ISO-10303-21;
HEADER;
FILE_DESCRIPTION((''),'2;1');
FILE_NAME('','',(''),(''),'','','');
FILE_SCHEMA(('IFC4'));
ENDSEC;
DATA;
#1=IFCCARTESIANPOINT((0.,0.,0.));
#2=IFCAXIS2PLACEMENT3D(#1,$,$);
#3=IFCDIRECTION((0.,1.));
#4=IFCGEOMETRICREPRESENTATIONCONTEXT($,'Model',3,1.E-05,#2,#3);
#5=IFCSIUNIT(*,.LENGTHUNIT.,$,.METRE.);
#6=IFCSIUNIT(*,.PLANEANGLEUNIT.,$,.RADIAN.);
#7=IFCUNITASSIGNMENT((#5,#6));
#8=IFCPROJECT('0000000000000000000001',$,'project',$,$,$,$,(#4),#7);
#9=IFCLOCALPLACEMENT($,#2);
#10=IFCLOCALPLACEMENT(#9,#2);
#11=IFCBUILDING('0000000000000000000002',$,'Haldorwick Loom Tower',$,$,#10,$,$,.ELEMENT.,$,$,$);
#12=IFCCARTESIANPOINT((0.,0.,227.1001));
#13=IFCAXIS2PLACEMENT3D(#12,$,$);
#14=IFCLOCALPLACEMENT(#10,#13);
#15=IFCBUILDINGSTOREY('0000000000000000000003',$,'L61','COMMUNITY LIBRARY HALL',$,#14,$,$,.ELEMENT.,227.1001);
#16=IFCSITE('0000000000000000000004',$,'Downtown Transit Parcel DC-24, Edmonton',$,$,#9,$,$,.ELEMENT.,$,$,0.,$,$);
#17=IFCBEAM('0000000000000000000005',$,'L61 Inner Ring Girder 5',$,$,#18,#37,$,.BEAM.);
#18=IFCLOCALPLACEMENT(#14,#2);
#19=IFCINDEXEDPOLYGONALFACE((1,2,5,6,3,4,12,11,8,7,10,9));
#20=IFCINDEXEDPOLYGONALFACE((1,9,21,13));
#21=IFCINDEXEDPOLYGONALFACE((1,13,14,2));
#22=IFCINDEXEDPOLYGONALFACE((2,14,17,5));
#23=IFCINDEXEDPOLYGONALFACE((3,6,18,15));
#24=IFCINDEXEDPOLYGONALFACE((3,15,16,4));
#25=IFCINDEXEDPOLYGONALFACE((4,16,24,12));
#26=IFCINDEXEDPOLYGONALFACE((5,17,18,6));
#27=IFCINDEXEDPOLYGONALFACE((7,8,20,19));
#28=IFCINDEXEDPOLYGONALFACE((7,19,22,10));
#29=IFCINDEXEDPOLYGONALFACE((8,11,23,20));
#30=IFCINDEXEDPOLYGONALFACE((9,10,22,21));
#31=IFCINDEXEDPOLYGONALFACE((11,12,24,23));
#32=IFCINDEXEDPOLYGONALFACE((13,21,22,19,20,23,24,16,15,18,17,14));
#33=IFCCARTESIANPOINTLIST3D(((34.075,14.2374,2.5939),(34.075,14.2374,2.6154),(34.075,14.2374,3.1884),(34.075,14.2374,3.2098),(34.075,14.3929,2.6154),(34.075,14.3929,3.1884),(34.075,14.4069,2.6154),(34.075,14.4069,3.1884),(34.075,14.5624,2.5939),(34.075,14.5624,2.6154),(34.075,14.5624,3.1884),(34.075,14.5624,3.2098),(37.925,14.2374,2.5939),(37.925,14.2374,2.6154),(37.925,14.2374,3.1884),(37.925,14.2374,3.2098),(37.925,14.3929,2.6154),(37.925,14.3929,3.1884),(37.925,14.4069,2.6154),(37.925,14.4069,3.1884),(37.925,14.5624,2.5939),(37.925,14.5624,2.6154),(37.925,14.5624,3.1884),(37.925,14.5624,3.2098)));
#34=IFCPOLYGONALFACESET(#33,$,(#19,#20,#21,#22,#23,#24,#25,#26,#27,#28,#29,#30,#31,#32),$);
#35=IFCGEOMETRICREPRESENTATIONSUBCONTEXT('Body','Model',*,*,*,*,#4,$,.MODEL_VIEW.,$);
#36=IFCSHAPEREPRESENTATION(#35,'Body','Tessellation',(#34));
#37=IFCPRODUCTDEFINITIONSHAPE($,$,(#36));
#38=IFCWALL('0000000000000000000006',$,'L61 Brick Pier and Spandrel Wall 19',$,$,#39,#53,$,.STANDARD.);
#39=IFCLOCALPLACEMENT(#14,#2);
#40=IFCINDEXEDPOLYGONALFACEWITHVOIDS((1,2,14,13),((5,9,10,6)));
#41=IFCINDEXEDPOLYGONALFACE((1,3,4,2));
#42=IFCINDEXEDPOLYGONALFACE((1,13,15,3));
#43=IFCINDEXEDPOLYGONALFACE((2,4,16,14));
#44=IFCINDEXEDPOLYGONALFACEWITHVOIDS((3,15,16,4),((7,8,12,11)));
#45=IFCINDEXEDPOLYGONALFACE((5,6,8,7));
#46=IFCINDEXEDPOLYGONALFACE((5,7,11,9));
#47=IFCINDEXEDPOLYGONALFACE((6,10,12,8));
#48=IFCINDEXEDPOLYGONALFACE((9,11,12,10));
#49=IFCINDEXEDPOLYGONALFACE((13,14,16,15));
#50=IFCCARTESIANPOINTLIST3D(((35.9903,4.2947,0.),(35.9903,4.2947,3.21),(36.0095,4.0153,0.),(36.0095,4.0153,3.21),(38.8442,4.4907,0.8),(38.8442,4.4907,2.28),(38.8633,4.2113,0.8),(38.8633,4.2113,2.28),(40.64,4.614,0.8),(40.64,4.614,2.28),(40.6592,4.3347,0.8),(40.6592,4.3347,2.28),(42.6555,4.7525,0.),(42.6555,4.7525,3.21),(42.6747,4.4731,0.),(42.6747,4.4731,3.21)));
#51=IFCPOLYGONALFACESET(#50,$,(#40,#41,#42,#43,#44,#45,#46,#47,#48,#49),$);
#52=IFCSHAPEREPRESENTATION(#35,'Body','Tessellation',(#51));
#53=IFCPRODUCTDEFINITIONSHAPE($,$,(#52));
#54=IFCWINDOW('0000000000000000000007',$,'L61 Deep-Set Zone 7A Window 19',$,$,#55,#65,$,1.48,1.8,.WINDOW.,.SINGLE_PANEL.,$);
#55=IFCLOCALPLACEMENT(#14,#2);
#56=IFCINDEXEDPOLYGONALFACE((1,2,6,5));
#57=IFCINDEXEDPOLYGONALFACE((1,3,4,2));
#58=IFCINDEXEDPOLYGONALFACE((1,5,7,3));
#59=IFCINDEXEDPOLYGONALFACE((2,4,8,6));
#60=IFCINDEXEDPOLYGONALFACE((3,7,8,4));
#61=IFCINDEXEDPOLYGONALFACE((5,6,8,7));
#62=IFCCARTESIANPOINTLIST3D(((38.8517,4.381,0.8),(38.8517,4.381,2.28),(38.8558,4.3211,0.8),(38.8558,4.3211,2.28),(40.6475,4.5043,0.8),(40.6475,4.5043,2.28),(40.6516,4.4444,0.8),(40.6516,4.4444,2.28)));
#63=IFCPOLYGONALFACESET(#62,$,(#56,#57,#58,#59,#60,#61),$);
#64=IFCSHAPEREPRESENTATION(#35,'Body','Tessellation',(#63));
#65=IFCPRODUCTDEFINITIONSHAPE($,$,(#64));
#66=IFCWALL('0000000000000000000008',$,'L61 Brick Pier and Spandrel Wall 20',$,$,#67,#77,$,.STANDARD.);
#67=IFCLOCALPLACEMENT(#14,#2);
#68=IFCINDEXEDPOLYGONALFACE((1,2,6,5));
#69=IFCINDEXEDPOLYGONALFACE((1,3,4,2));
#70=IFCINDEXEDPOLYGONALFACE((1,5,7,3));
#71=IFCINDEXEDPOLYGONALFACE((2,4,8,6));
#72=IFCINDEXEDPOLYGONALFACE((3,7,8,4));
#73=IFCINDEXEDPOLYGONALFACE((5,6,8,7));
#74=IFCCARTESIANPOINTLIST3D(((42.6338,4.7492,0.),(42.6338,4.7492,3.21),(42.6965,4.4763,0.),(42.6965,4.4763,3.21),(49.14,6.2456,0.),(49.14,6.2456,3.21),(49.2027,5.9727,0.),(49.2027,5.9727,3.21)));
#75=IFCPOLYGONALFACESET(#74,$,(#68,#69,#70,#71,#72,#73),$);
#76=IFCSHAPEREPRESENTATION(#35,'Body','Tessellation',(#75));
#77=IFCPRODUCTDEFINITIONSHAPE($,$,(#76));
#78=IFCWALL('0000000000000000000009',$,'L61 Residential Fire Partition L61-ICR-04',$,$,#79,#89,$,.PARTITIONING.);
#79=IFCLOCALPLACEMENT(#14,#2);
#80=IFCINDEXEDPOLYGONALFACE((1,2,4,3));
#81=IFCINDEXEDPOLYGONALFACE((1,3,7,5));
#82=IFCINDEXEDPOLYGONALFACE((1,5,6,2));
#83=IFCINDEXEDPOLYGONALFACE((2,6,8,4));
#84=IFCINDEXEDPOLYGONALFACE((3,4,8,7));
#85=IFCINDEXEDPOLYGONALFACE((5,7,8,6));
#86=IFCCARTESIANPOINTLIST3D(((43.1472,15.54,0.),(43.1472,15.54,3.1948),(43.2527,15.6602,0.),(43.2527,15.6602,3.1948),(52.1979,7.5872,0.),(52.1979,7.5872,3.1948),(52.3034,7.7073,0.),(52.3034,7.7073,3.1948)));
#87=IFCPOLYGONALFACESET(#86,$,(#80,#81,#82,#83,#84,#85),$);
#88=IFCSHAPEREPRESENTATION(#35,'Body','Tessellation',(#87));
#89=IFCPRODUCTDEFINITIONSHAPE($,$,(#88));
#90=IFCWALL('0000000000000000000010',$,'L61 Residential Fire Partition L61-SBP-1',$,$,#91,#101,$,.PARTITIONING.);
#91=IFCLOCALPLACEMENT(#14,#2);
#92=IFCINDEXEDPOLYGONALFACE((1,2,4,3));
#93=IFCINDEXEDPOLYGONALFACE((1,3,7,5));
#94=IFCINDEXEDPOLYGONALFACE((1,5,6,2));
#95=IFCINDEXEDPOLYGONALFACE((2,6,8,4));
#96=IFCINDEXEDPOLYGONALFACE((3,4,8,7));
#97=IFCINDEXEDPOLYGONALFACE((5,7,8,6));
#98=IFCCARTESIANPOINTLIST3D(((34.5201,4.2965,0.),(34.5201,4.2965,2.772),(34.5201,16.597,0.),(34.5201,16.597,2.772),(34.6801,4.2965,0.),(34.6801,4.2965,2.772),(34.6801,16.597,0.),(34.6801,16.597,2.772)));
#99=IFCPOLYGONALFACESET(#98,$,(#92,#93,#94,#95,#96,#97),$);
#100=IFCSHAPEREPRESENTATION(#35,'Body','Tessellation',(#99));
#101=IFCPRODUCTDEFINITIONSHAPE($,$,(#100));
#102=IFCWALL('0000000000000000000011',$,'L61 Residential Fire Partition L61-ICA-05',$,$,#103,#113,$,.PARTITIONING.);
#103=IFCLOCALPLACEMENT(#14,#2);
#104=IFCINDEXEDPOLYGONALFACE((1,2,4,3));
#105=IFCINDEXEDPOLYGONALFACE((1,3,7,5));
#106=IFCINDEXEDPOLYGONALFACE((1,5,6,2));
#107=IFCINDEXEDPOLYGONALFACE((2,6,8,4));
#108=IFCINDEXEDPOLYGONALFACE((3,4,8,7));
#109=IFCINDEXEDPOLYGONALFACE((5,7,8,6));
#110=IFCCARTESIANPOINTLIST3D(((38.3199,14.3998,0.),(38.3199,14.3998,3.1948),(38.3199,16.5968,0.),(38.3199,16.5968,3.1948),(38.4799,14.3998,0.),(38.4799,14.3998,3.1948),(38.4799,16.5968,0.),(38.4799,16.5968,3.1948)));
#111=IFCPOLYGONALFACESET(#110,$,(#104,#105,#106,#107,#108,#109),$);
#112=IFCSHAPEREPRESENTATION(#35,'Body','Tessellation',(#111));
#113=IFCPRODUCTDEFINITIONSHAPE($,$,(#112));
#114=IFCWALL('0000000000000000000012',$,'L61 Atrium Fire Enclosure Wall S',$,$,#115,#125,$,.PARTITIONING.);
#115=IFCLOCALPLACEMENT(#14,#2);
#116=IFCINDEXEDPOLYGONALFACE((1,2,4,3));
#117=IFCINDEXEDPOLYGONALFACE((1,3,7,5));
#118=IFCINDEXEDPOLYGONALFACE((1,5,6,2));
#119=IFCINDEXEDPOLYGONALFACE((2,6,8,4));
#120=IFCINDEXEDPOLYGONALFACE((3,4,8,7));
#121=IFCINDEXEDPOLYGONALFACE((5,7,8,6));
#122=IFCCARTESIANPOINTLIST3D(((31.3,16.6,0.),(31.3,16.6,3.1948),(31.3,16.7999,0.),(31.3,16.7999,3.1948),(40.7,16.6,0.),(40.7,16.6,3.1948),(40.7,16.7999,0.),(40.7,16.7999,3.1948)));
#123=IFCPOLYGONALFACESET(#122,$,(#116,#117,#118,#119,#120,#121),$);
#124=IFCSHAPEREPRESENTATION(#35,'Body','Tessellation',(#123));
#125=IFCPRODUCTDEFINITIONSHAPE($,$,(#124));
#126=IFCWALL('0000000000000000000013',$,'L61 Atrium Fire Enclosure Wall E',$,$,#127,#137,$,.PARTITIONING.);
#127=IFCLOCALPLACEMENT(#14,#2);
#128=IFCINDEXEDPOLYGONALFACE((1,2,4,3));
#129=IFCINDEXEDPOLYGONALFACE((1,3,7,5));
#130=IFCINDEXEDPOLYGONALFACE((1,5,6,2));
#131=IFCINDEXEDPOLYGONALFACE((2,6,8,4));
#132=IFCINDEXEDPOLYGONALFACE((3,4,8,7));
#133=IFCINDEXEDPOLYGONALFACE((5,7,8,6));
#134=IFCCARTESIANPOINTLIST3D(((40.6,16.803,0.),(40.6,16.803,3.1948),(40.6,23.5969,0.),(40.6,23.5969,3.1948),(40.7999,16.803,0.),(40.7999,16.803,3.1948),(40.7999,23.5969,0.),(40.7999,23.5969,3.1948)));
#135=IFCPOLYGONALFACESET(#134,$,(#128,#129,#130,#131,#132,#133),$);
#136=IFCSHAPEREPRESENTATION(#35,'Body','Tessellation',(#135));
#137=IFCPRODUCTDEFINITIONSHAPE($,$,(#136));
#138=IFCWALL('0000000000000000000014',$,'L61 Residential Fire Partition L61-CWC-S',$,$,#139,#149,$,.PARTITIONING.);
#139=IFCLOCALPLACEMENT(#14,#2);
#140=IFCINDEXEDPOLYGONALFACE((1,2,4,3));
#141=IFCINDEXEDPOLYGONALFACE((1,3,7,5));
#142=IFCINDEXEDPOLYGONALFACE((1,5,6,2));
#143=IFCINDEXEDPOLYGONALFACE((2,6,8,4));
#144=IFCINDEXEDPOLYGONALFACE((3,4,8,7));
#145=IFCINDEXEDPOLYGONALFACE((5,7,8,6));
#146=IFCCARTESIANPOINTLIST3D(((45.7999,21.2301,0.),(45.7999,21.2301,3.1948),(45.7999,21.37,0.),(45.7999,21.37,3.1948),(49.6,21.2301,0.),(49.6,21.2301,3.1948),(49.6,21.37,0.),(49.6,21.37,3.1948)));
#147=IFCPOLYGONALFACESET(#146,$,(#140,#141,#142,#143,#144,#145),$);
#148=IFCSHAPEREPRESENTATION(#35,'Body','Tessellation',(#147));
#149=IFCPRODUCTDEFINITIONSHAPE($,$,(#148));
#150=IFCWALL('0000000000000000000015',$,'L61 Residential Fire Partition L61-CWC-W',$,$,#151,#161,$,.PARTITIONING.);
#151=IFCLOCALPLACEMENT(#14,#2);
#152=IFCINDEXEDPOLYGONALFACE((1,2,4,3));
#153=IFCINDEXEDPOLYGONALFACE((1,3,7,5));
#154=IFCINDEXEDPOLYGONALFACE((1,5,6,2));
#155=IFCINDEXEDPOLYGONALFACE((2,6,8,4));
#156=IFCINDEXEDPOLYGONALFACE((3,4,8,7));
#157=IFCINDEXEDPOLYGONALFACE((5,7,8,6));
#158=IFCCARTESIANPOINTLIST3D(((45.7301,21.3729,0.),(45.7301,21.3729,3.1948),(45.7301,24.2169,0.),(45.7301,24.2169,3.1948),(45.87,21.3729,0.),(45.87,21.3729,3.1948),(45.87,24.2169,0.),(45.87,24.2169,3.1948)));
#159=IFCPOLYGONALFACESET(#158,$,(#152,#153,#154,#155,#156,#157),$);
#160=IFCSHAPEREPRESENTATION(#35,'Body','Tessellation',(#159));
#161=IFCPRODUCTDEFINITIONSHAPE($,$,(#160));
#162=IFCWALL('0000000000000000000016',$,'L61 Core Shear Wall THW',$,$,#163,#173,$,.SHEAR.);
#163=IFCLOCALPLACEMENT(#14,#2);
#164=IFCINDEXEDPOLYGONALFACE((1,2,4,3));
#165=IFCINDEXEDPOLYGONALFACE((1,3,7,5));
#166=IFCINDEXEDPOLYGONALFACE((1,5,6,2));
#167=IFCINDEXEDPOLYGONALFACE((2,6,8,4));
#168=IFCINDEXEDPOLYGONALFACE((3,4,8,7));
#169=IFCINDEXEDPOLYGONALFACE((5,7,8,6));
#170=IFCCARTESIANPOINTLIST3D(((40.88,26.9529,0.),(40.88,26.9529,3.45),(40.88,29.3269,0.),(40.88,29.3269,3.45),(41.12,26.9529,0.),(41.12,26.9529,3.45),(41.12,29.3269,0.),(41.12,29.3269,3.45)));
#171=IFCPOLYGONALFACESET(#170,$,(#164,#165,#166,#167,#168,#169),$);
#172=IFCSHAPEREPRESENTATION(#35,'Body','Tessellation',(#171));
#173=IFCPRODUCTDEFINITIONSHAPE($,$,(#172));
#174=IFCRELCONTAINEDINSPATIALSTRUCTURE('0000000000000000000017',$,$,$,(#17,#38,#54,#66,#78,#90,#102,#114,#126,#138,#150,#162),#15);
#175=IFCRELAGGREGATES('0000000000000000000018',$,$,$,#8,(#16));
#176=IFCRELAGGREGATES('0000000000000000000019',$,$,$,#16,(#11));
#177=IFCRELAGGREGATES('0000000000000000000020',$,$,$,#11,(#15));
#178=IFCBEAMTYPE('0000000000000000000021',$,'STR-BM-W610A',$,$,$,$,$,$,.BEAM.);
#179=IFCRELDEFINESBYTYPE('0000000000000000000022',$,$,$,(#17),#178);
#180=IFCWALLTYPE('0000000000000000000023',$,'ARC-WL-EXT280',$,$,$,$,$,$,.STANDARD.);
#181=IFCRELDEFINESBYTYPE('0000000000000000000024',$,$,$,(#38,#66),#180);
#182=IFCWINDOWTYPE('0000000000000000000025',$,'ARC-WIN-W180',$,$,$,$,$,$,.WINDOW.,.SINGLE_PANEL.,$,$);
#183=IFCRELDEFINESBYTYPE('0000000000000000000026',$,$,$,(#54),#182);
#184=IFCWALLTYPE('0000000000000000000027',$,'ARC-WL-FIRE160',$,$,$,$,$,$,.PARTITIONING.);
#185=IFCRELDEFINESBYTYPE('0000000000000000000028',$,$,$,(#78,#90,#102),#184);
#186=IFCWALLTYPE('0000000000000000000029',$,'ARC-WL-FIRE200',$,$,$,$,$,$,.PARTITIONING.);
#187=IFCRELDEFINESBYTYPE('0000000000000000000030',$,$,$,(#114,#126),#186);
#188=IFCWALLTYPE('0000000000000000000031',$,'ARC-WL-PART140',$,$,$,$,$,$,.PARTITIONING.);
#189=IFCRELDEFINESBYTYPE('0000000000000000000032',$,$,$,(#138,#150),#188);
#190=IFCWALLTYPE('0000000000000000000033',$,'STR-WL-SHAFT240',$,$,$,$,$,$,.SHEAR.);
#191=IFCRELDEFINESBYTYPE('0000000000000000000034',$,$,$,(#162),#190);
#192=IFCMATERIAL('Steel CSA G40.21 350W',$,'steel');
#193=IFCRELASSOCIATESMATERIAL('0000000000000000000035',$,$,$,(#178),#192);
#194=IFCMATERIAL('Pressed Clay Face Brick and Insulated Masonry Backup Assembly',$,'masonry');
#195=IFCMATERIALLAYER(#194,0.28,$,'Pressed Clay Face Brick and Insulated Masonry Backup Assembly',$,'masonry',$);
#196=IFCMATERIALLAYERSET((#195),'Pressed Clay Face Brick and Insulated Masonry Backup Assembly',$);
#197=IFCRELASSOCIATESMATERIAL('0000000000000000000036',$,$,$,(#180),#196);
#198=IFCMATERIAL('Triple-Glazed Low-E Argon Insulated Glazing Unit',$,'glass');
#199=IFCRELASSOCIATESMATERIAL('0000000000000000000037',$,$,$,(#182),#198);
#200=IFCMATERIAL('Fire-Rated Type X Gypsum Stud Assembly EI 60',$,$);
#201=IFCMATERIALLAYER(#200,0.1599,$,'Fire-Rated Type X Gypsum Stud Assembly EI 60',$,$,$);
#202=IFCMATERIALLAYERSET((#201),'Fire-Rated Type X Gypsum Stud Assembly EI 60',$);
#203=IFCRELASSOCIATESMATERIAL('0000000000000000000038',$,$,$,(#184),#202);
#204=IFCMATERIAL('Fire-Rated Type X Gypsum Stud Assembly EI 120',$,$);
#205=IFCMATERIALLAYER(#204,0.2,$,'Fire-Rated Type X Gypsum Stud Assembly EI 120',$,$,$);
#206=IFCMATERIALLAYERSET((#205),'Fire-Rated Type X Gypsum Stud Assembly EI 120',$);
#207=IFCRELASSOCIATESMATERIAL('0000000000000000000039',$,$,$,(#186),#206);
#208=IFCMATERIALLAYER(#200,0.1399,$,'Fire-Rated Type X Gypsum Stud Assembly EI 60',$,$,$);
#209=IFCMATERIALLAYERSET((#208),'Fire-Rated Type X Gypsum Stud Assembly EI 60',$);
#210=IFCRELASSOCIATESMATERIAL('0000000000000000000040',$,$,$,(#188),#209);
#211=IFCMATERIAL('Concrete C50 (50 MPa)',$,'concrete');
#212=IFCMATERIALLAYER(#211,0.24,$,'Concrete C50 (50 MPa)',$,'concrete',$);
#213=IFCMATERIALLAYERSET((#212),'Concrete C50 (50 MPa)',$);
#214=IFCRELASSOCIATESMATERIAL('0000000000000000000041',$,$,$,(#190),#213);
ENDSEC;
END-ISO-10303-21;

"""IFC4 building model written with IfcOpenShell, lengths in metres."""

from ifc_helpers import new_model, si_unit, direction, frame, frame_2d, origin, origin_2d, place, context, subcontext, project, spatial, rectangle, i_section, extrude, material, layer, layer_set, material_profile, profile_set, type_object, element, fill, save


model = new_model("IFC4")

# Units and contexts
model_context = context("Model", 3, precision=1e-05, world=origin(), true_north=direction((0.0, 1.0)))
body_context = subcontext(model_context, "Body", "Model", "MODEL_VIEW")
ifc_project = project(units=[si_unit("LENGTHUNIT", "METRE"), si_unit("PLANEANGLEUNIT", "RADIAN")], contexts=[model_context])

# Site, building, storey
site_placement = place(None, origin())
site = spatial("IfcSite", under=ifc_project, at=site_placement, Name="Downtown Transit Parcel DC-24, Edmonton", CompositionType="ELEMENT", RefElevation=0.0)
building_placement = place(site_placement, origin())
building = spatial("IfcBuilding", under=site, at=building_placement, Name="Haldorwick Loom Tower", CompositionType="ELEMENT")
storey_placement = place(building_placement, frame((0.0, 0.0, 227.1001)))
storey = spatial("IfcBuildingStorey", under=building, at=storey_placement, Name="L61", Description="COMMUNITY LIBRARY HALL", CompositionType="ELEMENT", Elevation=227.1001)

# Shared definitions
ifc_material_1 = material(Name="Steel CSA G40.21 350W", Category="steel")

# Beam
ifc_material_2 = material(Name="Concrete C50 (50 MPa)", Category="concrete")
ifc_material_profile_1 = material_profile(ifc_material_1, i_section(OverallWidth=0.325, OverallDepth=0.616, WebThickness=0.0139, FlangeThickness=0.0215, at=origin_2d()), Name="W610X174", Category="steel")
ifc_profile_set_1 = profile_set([ifc_material_profile_1], Name="Steel CSA G40.21 350W")
beam_type_1 = type_object("IfcBeamType", Name="STR-BM-W610A", PredefinedType="BEAM", material=ifc_profile_set_1)
beam_1_placement = place(storey_placement, frame((37.925, 14.3999, 2.9019), z_axis=(-1.0, 0.0, 0.0), x_axis=(0.0, -1.0, 0.0)))
element("IfcBeam", 1, at=beam_1_placement, inside=storey, type_object=beam_type_1, Name="L61 Inner Ring Girder 5", PredefinedType="BEAM", context=body_context, shape_type="SweptSolid", body=[
    extrude(i_section(OverallWidth=0.325, OverallDepth=0.616, WebThickness=0.0139, FlangeThickness=0.0215, at=origin_2d()), origin(), (0.0, 0.0, 1.0), 3.8501),
])

# Wall, opening, window
ifc_material_3 = material(Name="Pressed Clay Face Brick and Insulated Masonry Backup Assembly", Category="masonry")
ifc_layer_1 = layer(ifc_material_3, 0.28, Name="Pressed Clay Face Brick and Insulated Masonry Backup Assembly", Category="masonry")
ifc_layer_set_1 = layer_set([ifc_layer_1], Name="Pressed Clay Face Brick and Insulated Masonry Backup Assembly")
wall_type_1 = type_object("IfcWallType", Name="ARC-WL-EXT280", PredefinedType="STANDARD", material=ifc_layer_set_1)
wall_1_placement = place(storey_placement, frame((36.0, 4.155, 0.0), z_axis=(0.0, 0.0, 1.0), x_axis=(0.99765, 0.068517, 0.0)))
wall_1 = element("IfcWall", 2, at=wall_1_placement, inside=storey, type_object=wall_type_1, Name="L61 Brick Pier and Spandrel Wall 19", PredefinedType="STANDARD", context=body_context, shape_type="SweptSolid", body=[
    extrude(rectangle(XDim=6.6809, YDim=0.28, at=frame_2d((3.3403, 0.0))), origin(), (0.0, 0.0, 1.0), 3.21),
])
opening_placement = place(wall_1_placement, frame((2.8606, 0.0, 0.8)))
opening = element("IfcOpeningElement", 3, at=opening_placement, cuts=wall_1, PredefinedType="OPENING", context=body_context, shape_type="SweptSolid", body=[
    extrude(rectangle(XDim=1.8, YDim=1.48, at=frame_2d((0.8999, 0.74))), frame((0.0, 0.1499, 0.0), z_axis=(0.0, -1.0, 0.0), x_axis=(1.0, 0.0, 0.0)), (0.0, 0.0, 1.0), 0.3),
])
ifc_material_4 = material(Name="Triple-Glazed Low-E Argon Insulated Glazing Unit", Category="glass")
window_type = type_object("IfcWindowType", Name="ARC-WIN-W180", PartitioningType="SINGLE_PANEL", PredefinedType="WINDOW", material=ifc_material_4)
window_placement = place(opening_placement, origin())
window = element("IfcWindow", 4, at=window_placement, inside=storey, type_object=window_type, Name="L61 Deep-Set Zone 7A Window 19", OverallHeight=1.48, OverallWidth=1.8, PartitioningType="SINGLE_PANEL", PredefinedType="WINDOW", context=body_context, shape_type="SweptSolid", body=[
    extrude(rectangle(XDim=1.8, YDim=1.48, at=frame_2d((0.8999, 0.74))), frame((0.0, 0.03, 0.0), z_axis=(0.0, -1.0, 0.0), x_axis=(1.0, 0.0, 0.0)), (0.0, 0.0, 1.0), 0.0601),
])
fill(opening, window)

# Walls
wall_2_placement = place(storey_placement, frame((42.6653, 4.6128, 0.0), z_axis=(0.0, 0.0, 1.0), x_axis=(0.974557, 0.224138, 0.0)))
element("IfcWall", 5, at=wall_2_placement, inside=storey, type_object=wall_type_1, Name="L61 Brick Pier and Spandrel Wall 20", PredefinedType="STANDARD", context=body_context, shape_type="SweptSolid", body=[
    extrude(rectangle(XDim=6.676, YDim=0.28, at=frame_2d((3.3379, 0.0))), origin(), (0.0, 0.0, 1.0), 3.21),
])
ifc_material_5 = material(Name="Fire-Rated Type X Gypsum Stud Assembly EI 60")
ifc_layer_2 = layer(ifc_material_5, 0.1599, Name="Fire-Rated Type X Gypsum Stud Assembly EI 60")
ifc_layer_set_2 = layer_set([ifc_layer_2], Name="Fire-Rated Type X Gypsum Stud Assembly EI 60")
wall_type_2 = type_object("IfcWallType", Name="ARC-WL-FIRE160", PredefinedType="PARTITIONING", material=ifc_layer_set_2)
wall_3_placement = place(storey_placement, frame((43.2, 15.6001, 0.0), z_axis=(0.0, 0.0, 1.0), x_axis=(0.751199, -0.660075, 0.0)))
element("IfcWall", 6, at=wall_3_placement, inside=storey, type_object=wall_type_2, Name="L61 Residential Fire Partition L61-ICR-04", PredefinedType="PARTITIONING", context=body_context, shape_type="SweptSolid", body=[
    extrude(rectangle(XDim=12.0483, YDim=0.1599, at=frame_2d((6.0242, 0.0))), origin(), (0.0, 0.0, 1.0), 3.1948),
])
wall_4_placement = place(storey_placement, frame((34.6001, 4.2964, 0.0), z_axis=(0.0, 0.0, 1.0), x_axis=(0.0, 1.0, 0.0)))
element("IfcWall", 7, at=wall_4_placement, inside=storey, type_object=wall_type_2, Name="L61 Residential Fire Partition L61-SBP-1", PredefinedType="PARTITIONING", context=body_context, shape_type="SweptSolid", body=[
    extrude(rectangle(XDim=12.3005, YDim=0.1599, at=frame_2d((6.1504, 0.0))), origin(), (0.0, 0.0, 1.0), 2.772),
])
wall_5_placement = place(storey_placement, frame((38.3999, 16.5969, 0.0), z_axis=(0.0, 0.0, 1.0), x_axis=(0.0, -1.0, 0.0)))
element("IfcWall", 8, at=wall_5_placement, inside=storey, type_object=wall_type_2, Name="L61 Residential Fire Partition L61-ICA-05", PredefinedType="PARTITIONING", context=body_context, shape_type="SweptSolid", body=[
    extrude(rectangle(XDim=2.197, YDim=0.1599, at=frame_2d((1.0986, 0.0))), origin(), (0.0, 0.0, 1.0), 3.1948),
])
ifc_material_6 = material(Name="Fire-Rated Type X Gypsum Stud Assembly EI 120")
ifc_layer_3 = layer(ifc_material_6, 0.2, Name="Fire-Rated Type X Gypsum Stud Assembly EI 120")
ifc_layer_set_3 = layer_set([ifc_layer_3], Name="Fire-Rated Type X Gypsum Stud Assembly EI 120")
wall_type_3 = type_object("IfcWallType", Name="ARC-WL-FIRE200", PredefinedType="PARTITIONING", material=ifc_layer_set_3)
wall_6_placement = place(storey_placement, frame((40.7, 16.7, 0.0), z_axis=(0.0, 0.0, 1.0), x_axis=(-1.0, 0.0, 0.0)))
element("IfcWall", 9, at=wall_6_placement, inside=storey, type_object=wall_type_3, Name="L61 Atrium Fire Enclosure Wall S", PredefinedType="PARTITIONING", context=body_context, shape_type="SweptSolid", body=[
    extrude(rectangle(XDim=9.3999, YDim=0.2, at=frame_2d((4.7, 0.0))), origin(), (0.0, 0.0, 1.0), 3.1948),
])
wall_7_placement = place(storey_placement, frame((40.7, 23.5969, 0.0), z_axis=(0.0, 0.0, 1.0), x_axis=(0.0, -1.0, 0.0)))
element("IfcWall", 10, at=wall_7_placement, inside=storey, type_object=wall_type_3, Name="L61 Atrium Fire Enclosure Wall E", PredefinedType="PARTITIONING", context=body_context, shape_type="SweptSolid", body=[
    extrude(rectangle(XDim=6.7939, YDim=0.2, at=frame_2d((3.397, 0.0))), origin(), (0.0, 0.0, 1.0), 3.1948),
])
ifc_layer_4 = layer(ifc_material_5, 0.1399, Name="Fire-Rated Type X Gypsum Stud Assembly EI 60")
ifc_layer_set_4 = layer_set([ifc_layer_4], Name="Fire-Rated Type X Gypsum Stud Assembly EI 60")
wall_type_4 = type_object("IfcWallType", Name="ARC-WL-PART140", PredefinedType="PARTITIONING", material=ifc_layer_set_4)
wall_8_placement = place(storey_placement, frame((45.8, 21.3, 0.0), z_axis=(0.0, 0.0, 1.0), x_axis=(1.0, 0.0, 0.0)))
element("IfcWall", 11, at=wall_8_placement, inside=storey, type_object=wall_type_4, Name="L61 Residential Fire Partition L61-CWC-S", PredefinedType="PARTITIONING", context=body_context, shape_type="SweptSolid", body=[
    extrude(rectangle(XDim=3.8, YDim=0.1399, at=frame_2d((1.8999, 0.0))), origin(), (0.0, 0.0, 1.0), 3.1948),
])
wall_9_placement = place(storey_placement, frame((45.8, 21.373, 0.0), z_axis=(0.0, 0.0, 1.0), x_axis=(0.0, 1.0, 0.0)))
element("IfcWall", 12, at=wall_9_placement, inside=storey, type_object=wall_type_4, Name="L61 Residential Fire Partition L61-CWC-W", PredefinedType="PARTITIONING", context=body_context, shape_type="SweptSolid", body=[
    extrude(rectangle(XDim=2.844, YDim=0.1399, at=frame_2d((1.4219, 0.0))), origin(), (0.0, 0.0, 1.0), 3.1948),
])
ifc_layer_5 = layer(ifc_material_2, 0.24, Name="Concrete C50 (50 MPa)", Category="concrete")
ifc_layer_set_5 = layer_set([ifc_layer_5], Name="Concrete C50 (50 MPa)")
wall_type_5 = type_object("IfcWallType", Name="STR-WL-SHAFT240", PredefinedType="SHEAR", material=ifc_layer_set_5)
for number, where, z_axis, x_axis, name in (
    (13, (41.0, 26.9529, 0.0), (0.0, 0.0, 1.0), (0.0, 1.0, 0.0), "L61 Core Shear Wall THW"),
):
    element("IfcWall", number, at=place(storey_placement, frame(where, z_axis=z_axis, x_axis=x_axis)), inside=storey, type_object=wall_type_5, Name=name, PredefinedType="SHEAR", context=body_context, shape_type="SweptSolid", body=[
        extrude(rectangle(XDim=2.374, YDim=0.24, at=frame_2d((1.187, 0.0))), origin(), (0.0, 0.0, 1.0), 3.45),
    ])

save(model, "model.ifc")
